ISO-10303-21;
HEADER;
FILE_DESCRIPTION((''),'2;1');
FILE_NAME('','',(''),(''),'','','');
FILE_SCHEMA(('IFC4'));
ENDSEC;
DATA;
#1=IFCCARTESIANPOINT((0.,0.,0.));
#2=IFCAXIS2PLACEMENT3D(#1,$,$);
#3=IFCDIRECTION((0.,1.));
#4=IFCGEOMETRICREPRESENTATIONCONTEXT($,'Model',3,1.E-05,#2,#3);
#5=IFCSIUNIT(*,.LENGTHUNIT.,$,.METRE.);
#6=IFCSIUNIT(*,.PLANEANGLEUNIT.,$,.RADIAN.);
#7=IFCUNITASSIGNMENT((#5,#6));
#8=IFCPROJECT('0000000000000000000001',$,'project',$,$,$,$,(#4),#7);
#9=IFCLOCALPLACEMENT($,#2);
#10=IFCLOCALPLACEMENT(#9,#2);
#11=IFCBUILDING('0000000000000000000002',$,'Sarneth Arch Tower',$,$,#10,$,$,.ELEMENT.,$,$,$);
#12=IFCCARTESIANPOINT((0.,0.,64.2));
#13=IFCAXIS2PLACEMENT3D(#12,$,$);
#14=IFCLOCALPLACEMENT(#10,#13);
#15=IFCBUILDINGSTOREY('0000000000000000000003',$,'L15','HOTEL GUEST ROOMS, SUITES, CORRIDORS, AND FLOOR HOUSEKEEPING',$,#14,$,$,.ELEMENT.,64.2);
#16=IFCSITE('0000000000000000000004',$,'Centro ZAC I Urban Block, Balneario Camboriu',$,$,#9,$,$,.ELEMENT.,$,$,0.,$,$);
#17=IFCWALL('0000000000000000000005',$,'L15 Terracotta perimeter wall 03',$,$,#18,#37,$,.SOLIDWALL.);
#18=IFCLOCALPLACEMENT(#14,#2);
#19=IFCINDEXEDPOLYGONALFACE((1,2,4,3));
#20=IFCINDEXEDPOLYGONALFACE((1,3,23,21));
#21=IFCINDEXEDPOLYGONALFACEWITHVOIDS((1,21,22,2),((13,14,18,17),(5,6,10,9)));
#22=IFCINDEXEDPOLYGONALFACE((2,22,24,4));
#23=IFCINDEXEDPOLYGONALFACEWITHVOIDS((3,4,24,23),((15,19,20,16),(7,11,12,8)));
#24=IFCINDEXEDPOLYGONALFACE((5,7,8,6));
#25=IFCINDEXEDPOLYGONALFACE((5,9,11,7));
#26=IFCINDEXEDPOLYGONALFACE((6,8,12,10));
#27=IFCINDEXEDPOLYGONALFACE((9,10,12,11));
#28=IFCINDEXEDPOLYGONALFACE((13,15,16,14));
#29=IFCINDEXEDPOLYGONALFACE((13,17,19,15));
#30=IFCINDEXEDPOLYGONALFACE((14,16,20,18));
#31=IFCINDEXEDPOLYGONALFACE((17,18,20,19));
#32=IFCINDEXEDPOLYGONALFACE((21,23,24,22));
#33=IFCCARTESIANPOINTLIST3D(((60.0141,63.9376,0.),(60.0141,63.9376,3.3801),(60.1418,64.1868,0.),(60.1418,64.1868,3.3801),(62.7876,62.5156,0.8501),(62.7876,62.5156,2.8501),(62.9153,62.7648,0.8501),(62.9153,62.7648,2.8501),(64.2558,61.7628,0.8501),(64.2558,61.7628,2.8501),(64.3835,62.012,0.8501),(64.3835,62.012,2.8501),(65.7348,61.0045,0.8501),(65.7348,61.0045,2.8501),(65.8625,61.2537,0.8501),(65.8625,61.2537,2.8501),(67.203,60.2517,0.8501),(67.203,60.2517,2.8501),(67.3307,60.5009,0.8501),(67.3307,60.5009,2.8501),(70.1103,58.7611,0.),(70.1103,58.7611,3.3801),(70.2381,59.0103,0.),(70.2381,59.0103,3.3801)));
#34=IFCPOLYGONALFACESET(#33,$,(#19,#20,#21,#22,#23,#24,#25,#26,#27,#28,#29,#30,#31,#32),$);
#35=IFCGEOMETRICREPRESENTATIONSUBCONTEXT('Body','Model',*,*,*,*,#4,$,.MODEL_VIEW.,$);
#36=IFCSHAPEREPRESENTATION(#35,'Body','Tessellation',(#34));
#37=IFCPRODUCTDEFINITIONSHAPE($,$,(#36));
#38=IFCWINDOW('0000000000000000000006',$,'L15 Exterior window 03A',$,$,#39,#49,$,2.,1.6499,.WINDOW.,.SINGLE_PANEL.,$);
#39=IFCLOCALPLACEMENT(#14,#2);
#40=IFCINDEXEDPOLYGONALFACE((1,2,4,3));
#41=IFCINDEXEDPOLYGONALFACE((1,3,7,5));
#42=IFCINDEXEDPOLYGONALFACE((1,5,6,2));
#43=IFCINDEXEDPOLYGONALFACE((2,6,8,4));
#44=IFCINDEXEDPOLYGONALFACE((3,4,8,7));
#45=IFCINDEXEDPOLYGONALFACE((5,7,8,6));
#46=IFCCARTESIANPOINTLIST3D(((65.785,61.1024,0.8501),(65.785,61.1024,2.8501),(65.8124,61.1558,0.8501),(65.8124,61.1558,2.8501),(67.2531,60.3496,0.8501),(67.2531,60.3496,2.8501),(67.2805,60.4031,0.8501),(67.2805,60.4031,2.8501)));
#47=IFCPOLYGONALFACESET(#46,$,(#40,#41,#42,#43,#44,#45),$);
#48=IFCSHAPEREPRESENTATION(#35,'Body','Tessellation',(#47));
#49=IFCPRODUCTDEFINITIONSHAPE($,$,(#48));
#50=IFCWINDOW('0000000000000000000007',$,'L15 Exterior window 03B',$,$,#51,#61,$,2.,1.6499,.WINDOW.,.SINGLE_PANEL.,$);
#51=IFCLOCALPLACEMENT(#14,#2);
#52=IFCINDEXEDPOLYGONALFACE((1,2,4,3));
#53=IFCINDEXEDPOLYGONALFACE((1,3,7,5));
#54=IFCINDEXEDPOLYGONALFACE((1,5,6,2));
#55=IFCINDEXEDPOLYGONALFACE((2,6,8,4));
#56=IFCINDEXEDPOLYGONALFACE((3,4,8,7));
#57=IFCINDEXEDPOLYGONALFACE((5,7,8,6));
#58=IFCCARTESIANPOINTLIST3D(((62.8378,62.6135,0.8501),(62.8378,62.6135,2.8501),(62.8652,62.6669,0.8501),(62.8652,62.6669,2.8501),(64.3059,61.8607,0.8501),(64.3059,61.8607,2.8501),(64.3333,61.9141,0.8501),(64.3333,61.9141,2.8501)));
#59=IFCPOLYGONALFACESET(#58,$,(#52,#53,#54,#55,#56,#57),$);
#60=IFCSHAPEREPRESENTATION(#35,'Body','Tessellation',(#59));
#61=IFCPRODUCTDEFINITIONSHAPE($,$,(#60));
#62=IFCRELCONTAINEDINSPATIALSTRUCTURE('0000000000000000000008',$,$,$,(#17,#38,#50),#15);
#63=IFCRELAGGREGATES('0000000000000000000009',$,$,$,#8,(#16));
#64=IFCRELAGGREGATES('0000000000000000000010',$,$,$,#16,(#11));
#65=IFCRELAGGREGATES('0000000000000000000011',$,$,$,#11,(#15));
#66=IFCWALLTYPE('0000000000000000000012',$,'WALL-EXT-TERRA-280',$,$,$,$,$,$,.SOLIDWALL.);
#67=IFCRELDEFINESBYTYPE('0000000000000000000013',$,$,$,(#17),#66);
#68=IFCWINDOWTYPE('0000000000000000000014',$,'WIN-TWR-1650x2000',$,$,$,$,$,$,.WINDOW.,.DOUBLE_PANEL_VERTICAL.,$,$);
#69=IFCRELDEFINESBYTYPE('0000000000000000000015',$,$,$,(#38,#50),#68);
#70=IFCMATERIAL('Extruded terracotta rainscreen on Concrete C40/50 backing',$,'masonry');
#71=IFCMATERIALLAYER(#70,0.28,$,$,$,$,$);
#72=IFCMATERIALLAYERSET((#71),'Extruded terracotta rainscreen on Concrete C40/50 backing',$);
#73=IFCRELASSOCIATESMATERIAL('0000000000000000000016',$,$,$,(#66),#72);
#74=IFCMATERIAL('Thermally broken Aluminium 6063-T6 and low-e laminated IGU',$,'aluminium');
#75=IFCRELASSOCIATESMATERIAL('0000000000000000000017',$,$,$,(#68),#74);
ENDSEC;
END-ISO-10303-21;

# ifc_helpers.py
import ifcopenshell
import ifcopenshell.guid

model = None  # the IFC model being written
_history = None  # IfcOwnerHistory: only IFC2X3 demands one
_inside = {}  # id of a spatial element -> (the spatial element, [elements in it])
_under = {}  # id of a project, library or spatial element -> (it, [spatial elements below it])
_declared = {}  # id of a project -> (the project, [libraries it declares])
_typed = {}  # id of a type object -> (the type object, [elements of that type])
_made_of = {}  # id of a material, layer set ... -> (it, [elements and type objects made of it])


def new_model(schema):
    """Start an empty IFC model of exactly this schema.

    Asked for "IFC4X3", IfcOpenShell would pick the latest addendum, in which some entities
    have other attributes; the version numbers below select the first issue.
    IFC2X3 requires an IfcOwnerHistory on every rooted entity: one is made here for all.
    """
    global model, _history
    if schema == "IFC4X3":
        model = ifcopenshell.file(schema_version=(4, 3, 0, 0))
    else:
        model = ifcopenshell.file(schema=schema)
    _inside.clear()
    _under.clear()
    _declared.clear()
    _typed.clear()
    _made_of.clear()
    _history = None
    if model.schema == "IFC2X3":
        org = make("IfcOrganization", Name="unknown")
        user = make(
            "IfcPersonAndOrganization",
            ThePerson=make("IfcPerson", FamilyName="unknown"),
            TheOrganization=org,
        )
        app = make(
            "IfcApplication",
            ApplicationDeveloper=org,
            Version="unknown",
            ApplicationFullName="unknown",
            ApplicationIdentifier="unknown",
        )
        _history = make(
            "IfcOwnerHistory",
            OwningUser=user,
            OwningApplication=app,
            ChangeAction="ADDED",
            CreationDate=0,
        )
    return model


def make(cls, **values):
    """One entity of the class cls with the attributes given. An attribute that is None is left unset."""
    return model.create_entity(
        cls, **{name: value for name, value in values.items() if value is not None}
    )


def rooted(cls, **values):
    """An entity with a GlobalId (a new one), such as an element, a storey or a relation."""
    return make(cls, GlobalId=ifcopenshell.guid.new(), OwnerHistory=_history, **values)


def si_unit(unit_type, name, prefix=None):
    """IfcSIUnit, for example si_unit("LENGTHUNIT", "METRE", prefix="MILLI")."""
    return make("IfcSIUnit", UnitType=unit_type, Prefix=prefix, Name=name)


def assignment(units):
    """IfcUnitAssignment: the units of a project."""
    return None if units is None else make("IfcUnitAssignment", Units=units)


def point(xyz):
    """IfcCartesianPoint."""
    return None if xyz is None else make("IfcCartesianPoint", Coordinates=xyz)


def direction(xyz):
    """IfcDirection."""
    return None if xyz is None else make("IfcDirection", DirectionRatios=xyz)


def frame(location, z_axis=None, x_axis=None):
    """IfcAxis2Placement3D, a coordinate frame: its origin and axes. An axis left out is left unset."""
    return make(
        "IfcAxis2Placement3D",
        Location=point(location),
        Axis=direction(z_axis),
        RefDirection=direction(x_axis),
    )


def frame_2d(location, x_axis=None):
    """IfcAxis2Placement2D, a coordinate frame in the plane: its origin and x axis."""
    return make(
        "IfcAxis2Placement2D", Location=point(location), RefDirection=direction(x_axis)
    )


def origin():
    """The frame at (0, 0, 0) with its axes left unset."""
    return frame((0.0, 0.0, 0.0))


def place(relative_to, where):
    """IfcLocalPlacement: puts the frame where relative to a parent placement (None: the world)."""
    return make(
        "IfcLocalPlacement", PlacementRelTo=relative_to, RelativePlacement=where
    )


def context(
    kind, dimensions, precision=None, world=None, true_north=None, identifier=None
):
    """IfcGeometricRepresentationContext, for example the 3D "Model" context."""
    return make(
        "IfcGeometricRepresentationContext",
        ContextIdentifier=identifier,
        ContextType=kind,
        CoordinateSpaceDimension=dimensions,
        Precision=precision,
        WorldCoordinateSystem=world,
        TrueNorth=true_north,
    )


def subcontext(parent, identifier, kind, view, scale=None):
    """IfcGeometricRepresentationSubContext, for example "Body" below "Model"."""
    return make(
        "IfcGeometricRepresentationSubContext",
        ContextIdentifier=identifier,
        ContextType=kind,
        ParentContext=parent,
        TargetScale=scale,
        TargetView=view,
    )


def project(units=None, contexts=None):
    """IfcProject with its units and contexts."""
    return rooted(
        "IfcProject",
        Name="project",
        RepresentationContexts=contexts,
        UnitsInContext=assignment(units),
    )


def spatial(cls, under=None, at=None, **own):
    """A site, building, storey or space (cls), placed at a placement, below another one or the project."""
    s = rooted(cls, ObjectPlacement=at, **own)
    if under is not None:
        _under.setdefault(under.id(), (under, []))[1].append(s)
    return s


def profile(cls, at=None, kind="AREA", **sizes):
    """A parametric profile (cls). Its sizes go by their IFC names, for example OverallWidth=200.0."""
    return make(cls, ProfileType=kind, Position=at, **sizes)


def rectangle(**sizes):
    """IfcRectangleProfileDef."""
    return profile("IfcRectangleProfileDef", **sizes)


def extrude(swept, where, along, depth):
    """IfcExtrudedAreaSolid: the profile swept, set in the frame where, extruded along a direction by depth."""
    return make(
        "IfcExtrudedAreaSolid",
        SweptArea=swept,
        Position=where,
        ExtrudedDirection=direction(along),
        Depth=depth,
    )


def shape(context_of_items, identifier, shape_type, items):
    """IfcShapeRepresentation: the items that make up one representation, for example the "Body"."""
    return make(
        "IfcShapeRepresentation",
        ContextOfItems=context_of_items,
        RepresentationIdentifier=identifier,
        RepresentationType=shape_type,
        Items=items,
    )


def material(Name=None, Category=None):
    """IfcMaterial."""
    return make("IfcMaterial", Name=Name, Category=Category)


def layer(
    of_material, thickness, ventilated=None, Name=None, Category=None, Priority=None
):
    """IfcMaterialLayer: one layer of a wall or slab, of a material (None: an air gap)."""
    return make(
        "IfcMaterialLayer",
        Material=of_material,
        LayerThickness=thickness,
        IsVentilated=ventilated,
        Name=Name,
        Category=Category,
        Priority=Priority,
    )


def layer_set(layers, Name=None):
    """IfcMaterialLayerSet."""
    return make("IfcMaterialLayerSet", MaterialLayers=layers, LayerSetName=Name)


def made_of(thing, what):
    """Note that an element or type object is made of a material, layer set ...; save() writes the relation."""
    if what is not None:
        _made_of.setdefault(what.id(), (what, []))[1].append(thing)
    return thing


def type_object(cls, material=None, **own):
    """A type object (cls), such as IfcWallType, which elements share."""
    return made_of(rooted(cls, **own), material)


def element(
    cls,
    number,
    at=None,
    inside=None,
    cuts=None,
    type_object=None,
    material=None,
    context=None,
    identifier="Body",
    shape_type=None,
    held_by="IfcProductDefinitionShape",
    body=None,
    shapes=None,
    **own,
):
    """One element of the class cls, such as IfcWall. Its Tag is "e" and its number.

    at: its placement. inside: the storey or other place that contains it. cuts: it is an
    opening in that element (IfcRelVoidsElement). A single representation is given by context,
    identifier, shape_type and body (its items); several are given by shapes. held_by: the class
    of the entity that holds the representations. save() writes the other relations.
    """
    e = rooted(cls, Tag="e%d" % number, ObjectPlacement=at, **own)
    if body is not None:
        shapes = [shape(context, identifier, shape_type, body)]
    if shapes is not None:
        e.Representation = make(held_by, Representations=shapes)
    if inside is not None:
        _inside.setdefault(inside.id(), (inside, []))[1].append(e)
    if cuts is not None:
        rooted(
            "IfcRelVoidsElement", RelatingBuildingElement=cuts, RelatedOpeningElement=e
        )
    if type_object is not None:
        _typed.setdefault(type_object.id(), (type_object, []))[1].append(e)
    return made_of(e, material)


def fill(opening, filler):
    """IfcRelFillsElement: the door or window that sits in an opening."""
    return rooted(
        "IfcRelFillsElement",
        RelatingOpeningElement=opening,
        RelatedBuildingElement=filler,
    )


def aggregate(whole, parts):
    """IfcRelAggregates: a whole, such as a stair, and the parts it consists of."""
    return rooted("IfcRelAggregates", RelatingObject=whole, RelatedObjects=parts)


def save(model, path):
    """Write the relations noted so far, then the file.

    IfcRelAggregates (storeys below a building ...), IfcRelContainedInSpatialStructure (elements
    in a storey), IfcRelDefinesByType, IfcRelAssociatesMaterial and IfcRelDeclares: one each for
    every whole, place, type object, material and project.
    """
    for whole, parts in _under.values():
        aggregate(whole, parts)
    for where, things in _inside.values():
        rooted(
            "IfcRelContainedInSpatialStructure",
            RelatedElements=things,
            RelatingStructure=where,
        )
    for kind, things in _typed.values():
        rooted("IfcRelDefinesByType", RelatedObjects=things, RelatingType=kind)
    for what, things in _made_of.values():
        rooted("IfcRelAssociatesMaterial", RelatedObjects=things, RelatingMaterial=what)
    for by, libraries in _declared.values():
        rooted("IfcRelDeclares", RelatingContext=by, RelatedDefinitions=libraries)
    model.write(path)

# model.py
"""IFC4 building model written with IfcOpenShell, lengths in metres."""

from ifc_helpers import new_model, si_unit, direction, frame, frame_2d, origin, place, context, subcontext, project, spatial, rectangle, extrude, material, layer, layer_set, type_object, element, fill, save


model = new_model("IFC4")

# Units and contexts
model_context = context("Model", 3, precision=1e-05, world=origin(), true_north=direction((0.0, 1.0)))
body_context = subcontext(model_context, "Body", "Model", "MODEL_VIEW")
ifc_project = project(units=[si_unit("LENGTHUNIT", "METRE"), si_unit("PLANEANGLEUNIT", "RADIAN")], contexts=[model_context])

# Site, building, storey
site_placement = place(None, origin())
site = spatial("IfcSite", under=ifc_project, at=site_placement, Name="Centro ZAC I Urban Block, Balneario Camboriu", CompositionType="ELEMENT", RefElevation=0.0)
building_placement = place(site_placement, origin())
building = spatial("IfcBuilding", under=site, at=building_placement, Name="Sarneth Arch Tower", CompositionType="ELEMENT")
storey_placement = place(building_placement, frame((0.0, 0.0, 64.2)))
storey = spatial("IfcBuildingStorey", under=building, at=storey_placement, Name="L15", Description="HOTEL GUEST ROOMS, SUITES, CORRIDORS, AND FLOOR HOUSEKEEPING", CompositionType="ELEMENT", Elevation=64.2)

# Wall, openings, windows
ifc_material_1 = material(Name="Extruded terracotta rainscreen on Concrete C40/50 backing", Category="masonry")
ifc_layer_1 = layer(ifc_material_1, 0.28)
ifc_layer_set_1 = layer_set([ifc_layer_1], Name="Extruded terracotta rainscreen on Concrete C40/50 backing")
wall_type = type_object("IfcWallType", Name="WALL-EXT-TERRA-280", PredefinedType="SOLIDWALL", material=ifc_layer_set_1)
wall_placement = place(storey_placement, frame((70.1741, 58.8857, 0.0), z_axis=(0.0, 0.0, 1.0), x_axis=(-0.889854, 0.456245, 0.0)))
wall = element("IfcWall", 1, at=wall_placement, inside=storey, type_object=wall_type, Name="L15 Terracotta perimeter wall 03", PredefinedType="SOLIDWALL", context=body_context, shape_type="SweptSolid", body=[
    extrude(rectangle(XDim=11.3459, YDim=0.28, at=frame_2d((5.6729, 0.0))), origin(), (0.0, 0.0, 1.0), 3.3801),
])
opening_1_placement = place(wall_placement, frame((3.2671, 0.0, 0.8501)))
opening_1 = element("IfcOpeningElement", 2, at=opening_1_placement, cuts=wall, PredefinedType="OPENING", context=body_context, shape_type="SweptSolid", body=[
    extrude(rectangle(XDim=1.6499, YDim=2.0, at=frame_2d((0.825, 1.0))), frame((0.0, 0.1499, 0.0), z_axis=(0.0, -1.0, 0.0), x_axis=(1.0, 0.0, 0.0)), (0.0, 0.0, 1.0), 0.3),
])
opening_2_placement = place(wall_placement, frame((6.5791, 0.0, 0.8501)))
opening_2 = element("IfcOpeningElement", 3, at=opening_2_placement, cuts=wall, PredefinedType="OPENING", context=body_context, shape_type="SweptSolid", body=[
    extrude(rectangle(XDim=1.6499, YDim=2.0, at=frame_2d((0.825, 1.0))), frame((0.0, 0.1499, 0.0), z_axis=(0.0, -1.0, 0.0), x_axis=(1.0, 0.0, 0.0)), (0.0, 0.0, 1.0), 0.3),
])
ifc_material_2 = material(Name="Thermally broken Aluminium 6063-T6 and low-e laminated IGU", Category="aluminium")
window_type = type_object("IfcWindowType", Name="WIN-TWR-1650x2000", PartitioningType="DOUBLE_PANEL_VERTICAL", PredefinedType="WINDOW", material=ifc_material_2)
window_1_placement = place(opening_1_placement, origin())
window_1 = element("IfcWindow", 4, at=window_1_placement, inside=storey, type_object=window_type, Name="L15 Exterior window 03A", OverallHeight=2.0, OverallWidth=1.6499, PartitioningType="SINGLE_PANEL", PredefinedType="WINDOW", context=body_context, shape_type="SweptSolid", body=[
    extrude(rectangle(XDim=1.6499, YDim=2.0, at=frame_2d((0.825, 1.0))), frame((0.0, 0.03, 0.0), z_axis=(0.0, -1.0, 0.0), x_axis=(1.0, 0.0, 0.0)), (0.0, 0.0, 1.0), 0.0601),
])
fill(opening_1, window_1)
window_2_placement = place(opening_2_placement, origin())
window_2 = element("IfcWindow", 5, at=window_2_placement, inside=storey, type_object=window_type, Name="L15 Exterior window 03B", OverallHeight=2.0, OverallWidth=1.6499, PartitioningType="SINGLE_PANEL", PredefinedType="WINDOW", context=body_context, shape_type="SweptSolid", body=[
    extrude(rectangle(XDim=1.6499, YDim=2.0, at=frame_2d((0.825, 1.0))), frame((0.0, 0.03, 0.0), z_axis=(0.0, -1.0, 0.0), x_axis=(1.0, 0.0, 0.0)), (0.0, 0.0, 1.0), 0.0601),
])
fill(opening_2, window_2)

save(model, "model.ifc")
